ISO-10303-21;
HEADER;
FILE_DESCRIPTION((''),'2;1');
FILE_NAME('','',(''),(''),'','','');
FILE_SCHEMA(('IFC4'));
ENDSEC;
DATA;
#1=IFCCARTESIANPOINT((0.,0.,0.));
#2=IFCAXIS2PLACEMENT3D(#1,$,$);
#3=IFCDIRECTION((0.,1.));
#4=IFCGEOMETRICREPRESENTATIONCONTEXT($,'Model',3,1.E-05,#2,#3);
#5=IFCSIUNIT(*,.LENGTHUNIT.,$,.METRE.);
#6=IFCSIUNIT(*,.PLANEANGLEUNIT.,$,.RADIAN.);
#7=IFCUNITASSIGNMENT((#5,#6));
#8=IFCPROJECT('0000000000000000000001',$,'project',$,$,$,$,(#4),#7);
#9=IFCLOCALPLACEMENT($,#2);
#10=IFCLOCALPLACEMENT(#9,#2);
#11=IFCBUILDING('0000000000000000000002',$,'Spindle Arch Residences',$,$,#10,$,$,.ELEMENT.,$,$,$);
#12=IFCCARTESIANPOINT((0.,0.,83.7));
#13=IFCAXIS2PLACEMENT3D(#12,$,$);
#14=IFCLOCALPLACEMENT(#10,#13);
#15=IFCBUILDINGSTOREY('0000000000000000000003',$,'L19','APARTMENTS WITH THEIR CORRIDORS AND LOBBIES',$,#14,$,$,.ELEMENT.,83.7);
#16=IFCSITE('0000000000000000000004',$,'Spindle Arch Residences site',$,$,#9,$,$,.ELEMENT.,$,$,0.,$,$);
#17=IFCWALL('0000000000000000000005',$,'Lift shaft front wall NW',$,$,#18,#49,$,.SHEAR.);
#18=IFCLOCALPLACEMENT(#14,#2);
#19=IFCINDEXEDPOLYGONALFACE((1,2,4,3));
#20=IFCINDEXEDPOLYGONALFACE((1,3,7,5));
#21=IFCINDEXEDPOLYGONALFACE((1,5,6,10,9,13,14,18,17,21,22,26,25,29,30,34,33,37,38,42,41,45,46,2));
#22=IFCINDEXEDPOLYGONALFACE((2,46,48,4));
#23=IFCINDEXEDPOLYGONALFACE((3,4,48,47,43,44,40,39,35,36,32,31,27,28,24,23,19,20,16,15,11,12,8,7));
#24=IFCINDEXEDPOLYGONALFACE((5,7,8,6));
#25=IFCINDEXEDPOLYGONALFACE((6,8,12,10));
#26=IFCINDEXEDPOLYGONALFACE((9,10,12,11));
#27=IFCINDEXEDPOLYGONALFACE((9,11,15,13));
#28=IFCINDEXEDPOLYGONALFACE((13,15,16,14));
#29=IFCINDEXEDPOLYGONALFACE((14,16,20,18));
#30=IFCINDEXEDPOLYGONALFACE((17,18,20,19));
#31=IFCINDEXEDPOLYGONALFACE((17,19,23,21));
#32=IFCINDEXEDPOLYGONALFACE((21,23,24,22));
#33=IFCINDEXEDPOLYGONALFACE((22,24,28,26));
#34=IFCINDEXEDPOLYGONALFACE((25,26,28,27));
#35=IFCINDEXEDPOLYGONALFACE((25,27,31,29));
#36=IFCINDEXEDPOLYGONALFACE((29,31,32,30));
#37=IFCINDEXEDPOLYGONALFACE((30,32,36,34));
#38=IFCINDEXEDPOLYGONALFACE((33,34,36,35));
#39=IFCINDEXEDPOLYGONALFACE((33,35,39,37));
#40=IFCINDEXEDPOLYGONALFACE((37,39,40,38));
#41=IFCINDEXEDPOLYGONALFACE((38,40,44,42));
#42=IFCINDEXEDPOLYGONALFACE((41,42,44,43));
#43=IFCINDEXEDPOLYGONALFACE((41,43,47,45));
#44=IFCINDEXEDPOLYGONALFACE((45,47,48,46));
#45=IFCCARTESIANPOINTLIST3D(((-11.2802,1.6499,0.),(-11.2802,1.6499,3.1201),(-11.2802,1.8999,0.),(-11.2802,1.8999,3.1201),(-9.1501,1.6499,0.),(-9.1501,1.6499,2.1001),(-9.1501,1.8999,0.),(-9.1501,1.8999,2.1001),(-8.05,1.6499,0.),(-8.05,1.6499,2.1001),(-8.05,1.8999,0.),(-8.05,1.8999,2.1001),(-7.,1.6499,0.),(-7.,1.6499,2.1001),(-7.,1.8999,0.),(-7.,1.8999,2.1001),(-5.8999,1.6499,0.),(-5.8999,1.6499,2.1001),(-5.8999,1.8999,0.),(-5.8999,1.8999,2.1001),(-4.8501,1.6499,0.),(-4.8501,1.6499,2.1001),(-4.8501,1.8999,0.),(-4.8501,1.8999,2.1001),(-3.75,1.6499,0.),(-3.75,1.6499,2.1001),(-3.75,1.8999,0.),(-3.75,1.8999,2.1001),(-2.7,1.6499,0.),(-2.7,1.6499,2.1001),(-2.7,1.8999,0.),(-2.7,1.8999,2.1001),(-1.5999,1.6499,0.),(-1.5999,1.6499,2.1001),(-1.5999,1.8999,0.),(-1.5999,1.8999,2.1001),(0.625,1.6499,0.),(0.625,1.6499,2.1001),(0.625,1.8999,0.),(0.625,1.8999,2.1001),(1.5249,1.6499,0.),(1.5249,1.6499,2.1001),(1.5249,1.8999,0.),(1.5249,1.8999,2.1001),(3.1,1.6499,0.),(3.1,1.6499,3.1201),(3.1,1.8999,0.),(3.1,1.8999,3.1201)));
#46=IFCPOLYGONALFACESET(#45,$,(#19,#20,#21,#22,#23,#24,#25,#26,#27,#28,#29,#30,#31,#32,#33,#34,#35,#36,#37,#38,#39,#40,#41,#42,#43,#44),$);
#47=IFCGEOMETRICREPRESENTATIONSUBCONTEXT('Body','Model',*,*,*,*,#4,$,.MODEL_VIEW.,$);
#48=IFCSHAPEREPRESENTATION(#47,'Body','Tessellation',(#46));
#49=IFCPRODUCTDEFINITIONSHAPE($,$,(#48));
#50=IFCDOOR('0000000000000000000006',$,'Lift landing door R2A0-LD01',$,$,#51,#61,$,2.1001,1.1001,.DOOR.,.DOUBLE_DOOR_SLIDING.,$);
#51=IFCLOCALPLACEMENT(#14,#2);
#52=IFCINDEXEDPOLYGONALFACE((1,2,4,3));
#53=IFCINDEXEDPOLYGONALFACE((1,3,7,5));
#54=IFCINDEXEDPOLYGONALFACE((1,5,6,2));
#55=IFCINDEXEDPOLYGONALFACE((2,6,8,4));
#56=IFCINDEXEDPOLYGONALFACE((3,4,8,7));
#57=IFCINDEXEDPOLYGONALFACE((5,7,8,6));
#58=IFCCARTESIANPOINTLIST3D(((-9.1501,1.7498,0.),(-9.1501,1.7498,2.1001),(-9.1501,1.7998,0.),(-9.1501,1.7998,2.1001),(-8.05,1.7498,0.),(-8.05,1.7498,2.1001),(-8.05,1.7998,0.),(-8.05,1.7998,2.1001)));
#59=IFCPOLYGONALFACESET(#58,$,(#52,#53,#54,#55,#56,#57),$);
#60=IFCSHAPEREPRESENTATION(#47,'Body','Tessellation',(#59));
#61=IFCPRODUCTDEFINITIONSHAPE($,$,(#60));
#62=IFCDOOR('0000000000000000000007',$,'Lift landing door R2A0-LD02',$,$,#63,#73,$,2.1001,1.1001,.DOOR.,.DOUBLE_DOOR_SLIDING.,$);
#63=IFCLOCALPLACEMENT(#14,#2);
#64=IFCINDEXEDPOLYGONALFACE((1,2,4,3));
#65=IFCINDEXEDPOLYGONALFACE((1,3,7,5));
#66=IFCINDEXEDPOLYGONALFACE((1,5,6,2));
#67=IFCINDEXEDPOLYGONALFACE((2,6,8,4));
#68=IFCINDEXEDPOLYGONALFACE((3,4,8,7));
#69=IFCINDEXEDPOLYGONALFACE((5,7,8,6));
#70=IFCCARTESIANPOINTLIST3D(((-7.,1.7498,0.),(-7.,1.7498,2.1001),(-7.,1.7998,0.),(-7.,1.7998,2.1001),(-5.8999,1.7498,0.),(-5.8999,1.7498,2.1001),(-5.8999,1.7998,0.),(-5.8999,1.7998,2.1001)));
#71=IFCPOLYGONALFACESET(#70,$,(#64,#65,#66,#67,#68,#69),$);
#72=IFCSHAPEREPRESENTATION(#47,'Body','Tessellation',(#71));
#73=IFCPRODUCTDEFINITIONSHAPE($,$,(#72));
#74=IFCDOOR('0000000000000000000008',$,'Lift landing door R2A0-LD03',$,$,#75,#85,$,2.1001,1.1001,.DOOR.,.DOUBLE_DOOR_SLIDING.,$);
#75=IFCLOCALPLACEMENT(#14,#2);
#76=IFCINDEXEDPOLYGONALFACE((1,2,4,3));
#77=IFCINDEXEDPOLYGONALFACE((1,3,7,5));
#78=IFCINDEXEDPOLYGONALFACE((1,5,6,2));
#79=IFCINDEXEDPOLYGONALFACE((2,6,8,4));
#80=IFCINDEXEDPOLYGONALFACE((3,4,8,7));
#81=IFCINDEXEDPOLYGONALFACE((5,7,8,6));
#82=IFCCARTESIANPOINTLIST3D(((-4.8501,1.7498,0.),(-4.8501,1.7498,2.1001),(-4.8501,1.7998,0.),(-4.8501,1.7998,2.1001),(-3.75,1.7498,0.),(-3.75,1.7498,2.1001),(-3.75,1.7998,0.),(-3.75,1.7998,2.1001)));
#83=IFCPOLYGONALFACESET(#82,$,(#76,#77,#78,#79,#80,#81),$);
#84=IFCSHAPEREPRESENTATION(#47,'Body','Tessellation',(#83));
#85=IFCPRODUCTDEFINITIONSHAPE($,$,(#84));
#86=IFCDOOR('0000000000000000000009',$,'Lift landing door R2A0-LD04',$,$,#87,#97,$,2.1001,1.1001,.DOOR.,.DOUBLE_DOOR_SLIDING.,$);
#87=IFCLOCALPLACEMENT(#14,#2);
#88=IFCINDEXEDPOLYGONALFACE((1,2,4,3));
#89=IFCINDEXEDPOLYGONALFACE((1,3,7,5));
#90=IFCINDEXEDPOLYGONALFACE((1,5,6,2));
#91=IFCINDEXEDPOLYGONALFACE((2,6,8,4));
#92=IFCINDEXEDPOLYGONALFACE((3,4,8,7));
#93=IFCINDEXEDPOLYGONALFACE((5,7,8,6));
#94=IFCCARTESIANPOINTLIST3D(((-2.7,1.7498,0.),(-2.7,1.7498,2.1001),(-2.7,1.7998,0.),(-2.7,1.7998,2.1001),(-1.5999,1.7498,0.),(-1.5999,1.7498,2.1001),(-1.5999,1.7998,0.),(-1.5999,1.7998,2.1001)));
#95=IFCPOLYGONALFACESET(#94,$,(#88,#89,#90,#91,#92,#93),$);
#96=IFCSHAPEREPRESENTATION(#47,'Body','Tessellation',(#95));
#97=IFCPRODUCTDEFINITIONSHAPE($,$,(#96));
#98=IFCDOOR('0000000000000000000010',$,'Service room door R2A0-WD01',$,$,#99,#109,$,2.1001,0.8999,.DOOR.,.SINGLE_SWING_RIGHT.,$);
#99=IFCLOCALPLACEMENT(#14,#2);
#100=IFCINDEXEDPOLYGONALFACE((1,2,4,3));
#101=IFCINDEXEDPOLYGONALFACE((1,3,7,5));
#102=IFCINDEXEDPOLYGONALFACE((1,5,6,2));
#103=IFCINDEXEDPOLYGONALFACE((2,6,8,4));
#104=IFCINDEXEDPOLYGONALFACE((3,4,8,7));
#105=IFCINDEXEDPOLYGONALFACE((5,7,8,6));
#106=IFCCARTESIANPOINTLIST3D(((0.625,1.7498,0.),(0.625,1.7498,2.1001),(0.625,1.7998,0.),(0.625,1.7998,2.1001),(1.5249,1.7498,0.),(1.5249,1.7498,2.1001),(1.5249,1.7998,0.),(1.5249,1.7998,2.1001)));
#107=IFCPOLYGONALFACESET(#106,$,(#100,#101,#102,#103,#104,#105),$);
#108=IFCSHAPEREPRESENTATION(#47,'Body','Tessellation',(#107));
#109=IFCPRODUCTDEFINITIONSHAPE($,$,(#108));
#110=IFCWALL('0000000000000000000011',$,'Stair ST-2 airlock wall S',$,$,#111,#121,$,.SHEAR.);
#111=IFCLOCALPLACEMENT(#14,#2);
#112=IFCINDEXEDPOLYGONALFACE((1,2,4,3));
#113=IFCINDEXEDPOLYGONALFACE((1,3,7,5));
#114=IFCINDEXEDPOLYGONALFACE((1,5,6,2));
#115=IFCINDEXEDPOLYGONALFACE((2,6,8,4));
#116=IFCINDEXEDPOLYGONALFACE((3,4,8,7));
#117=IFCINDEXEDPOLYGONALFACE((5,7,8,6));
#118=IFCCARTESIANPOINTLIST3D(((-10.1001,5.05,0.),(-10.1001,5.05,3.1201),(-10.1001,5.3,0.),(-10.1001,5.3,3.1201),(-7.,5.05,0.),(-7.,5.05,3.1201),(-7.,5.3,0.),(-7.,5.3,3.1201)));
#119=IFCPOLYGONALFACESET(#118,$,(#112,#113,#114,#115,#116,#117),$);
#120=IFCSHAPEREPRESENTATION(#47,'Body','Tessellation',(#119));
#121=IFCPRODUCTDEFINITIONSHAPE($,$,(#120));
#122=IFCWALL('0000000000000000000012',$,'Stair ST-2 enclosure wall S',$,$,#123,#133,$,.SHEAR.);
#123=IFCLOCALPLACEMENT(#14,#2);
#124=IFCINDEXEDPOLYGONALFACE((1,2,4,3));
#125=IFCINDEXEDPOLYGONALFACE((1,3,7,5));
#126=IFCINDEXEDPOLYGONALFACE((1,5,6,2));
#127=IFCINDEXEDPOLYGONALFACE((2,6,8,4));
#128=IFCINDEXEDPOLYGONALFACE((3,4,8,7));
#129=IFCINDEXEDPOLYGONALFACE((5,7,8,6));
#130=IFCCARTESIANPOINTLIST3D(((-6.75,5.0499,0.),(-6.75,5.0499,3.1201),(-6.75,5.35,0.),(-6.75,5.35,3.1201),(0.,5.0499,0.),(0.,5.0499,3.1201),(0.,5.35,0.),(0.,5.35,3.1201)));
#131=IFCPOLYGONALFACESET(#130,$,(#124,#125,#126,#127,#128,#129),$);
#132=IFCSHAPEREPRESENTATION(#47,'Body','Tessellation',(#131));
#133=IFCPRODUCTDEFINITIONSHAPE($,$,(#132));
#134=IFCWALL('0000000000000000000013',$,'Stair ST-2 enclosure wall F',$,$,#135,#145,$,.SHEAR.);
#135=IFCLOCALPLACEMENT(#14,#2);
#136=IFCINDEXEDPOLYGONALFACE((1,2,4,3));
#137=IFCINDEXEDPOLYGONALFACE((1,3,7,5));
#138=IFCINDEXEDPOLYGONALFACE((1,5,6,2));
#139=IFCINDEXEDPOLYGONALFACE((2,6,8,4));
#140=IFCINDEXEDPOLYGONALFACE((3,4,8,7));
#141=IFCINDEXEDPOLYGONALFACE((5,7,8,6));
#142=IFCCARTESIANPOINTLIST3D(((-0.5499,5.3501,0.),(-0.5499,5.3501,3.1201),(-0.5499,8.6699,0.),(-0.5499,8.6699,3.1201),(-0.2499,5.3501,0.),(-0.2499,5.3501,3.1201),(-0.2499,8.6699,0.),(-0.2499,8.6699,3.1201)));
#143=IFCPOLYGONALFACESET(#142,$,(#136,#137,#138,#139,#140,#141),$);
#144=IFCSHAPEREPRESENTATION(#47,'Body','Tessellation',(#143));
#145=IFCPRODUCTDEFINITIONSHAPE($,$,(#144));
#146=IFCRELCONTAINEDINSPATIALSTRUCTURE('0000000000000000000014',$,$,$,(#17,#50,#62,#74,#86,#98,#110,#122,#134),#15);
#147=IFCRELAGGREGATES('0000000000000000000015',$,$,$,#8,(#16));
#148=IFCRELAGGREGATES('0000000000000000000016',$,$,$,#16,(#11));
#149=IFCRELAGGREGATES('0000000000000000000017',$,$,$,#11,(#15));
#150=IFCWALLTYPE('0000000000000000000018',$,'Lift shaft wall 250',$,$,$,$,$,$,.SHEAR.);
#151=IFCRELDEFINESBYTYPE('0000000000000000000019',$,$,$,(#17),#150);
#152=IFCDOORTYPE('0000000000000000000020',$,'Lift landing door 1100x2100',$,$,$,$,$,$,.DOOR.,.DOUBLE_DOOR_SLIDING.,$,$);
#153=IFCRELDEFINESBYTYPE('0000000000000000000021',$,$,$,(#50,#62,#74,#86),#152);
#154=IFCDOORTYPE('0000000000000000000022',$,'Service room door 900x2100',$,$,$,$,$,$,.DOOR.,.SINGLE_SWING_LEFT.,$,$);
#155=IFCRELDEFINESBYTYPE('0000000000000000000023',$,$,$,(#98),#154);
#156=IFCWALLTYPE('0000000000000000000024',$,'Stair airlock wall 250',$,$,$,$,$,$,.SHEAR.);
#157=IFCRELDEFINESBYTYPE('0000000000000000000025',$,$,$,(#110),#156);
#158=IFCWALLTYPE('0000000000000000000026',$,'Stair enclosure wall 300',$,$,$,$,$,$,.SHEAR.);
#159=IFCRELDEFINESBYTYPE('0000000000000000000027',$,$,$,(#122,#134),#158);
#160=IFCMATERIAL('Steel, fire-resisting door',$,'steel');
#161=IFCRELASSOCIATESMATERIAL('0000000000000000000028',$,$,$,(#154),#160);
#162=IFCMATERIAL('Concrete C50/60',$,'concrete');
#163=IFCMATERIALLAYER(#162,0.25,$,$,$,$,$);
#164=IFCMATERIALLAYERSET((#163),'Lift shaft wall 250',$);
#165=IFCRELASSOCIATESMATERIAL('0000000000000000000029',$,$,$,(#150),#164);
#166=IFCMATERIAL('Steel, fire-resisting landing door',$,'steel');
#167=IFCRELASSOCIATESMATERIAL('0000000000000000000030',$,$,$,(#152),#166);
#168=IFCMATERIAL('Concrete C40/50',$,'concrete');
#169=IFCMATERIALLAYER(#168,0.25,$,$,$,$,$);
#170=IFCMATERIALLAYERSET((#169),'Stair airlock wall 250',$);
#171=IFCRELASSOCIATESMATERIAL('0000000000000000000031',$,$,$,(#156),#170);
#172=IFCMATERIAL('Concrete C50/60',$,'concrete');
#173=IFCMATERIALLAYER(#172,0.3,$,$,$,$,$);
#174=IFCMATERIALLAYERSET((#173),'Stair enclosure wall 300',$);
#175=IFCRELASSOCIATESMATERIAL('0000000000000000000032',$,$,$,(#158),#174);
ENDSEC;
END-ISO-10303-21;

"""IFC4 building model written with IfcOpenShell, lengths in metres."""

from ifc_helpers import new_model, si_unit, direction, frame, frame_2d, origin, place, context, subcontext, project, spatial, rectangle, extrude, material, layer, layer_set, type_object, element, fill, save


model = new_model("IFC4")

# Units and contexts
model_context = context("Model", 3, precision=1e-05, world=origin(), true_north=direction((0.0, 1.0)))
body_context = subcontext(model_context, "Body", "Model", "MODEL_VIEW")
ifc_project = project(units=[si_unit("LENGTHUNIT", "METRE"), si_unit("PLANEANGLEUNIT", "RADIAN")], contexts=[model_context])

# Site, building, storey
site_placement = place(None, origin())
site = spatial("IfcSite", under=ifc_project, at=site_placement, Name="Spindle Arch Residences site", CompositionType="ELEMENT", RefElevation=0.0)
building_placement = place(site_placement, origin())
building = spatial("IfcBuilding", under=site, at=building_placement, Name="Spindle Arch Residences", CompositionType="ELEMENT")
storey_placement = place(building_placement, frame((0.0, 0.0, 83.7)))
storey = spatial("IfcBuildingStorey", under=building, at=storey_placement, Name="L19", Description="APARTMENTS WITH THEIR CORRIDORS AND LOBBIES", CompositionType="ELEMENT", Elevation=83.7)

# Shared definitions
ifc_material_1 = material(Name="Steel, fire-resisting door", Category="steel")
door_type_1 = type_object("IfcDoorType", Name="Service room door 900x2100", OperationType="SINGLE_SWING_LEFT", PredefinedType="DOOR", material=ifc_material_1)

# Wall, openings, doors
ifc_material_2 = material(Name="Concrete C50/60", Category="concrete")
ifc_layer_1 = layer(ifc_material_2, 0.25)
ifc_layer_set_1 = layer_set([ifc_layer_1], Name="Lift shaft wall 250")
wall_type_1 = type_object("IfcWallType", Name="Lift shaft wall 250", PredefinedType="SHEAR", material=ifc_layer_set_1)
wall_1_placement = place(storey_placement, frame((-11.28, 1.7749, 0.0), z_axis=(0.0, 0.0, 1.0), x_axis=(1.0, 0.0, 0.0)))
wall_1 = element("IfcWall", 1, at=wall_1_placement, inside=storey, type_object=wall_type_1, Name="Lift shaft front wall NW", PredefinedType="SHEAR", context=body_context, shape_type="SweptSolid", body=[
    extrude(rectangle(XDim=14.3801, YDim=0.25, at=frame_2d((7.1899, 0.0))), origin(), (0.0, 0.0, 1.0), 3.1201),
])
opening_1_placement = place(wall_1_placement, frame((2.1299, 0.0, 0.0)))
opening_1 = element("IfcOpeningElement", 2, at=opening_1_placement, cuts=wall_1, PredefinedType="OPENING", context=body_context, shape_type="SweptSolid", body=[
    extrude(rectangle(XDim=1.1001, YDim=2.1001, at=frame_2d((0.55, 1.05))), frame((0.0, 0.135, 0.0), z_axis=(0.0, -1.0, 0.0), x_axis=(1.0, 0.0, 0.0)), (0.0, 0.0, 1.0), 0.27),
])
opening_2_placement = place(wall_1_placement, frame((4.28, 0.0, 0.0)))
opening_2 = element("IfcOpeningElement", 3, at=opening_2_placement, cuts=wall_1, PredefinedType="OPENING", context=body_context, shape_type="SweptSolid", body=[
    extrude(rectangle(XDim=1.1001, YDim=2.1001, at=frame_2d((0.55, 1.05))), frame((0.0, 0.135, 0.0), z_axis=(0.0, -1.0, 0.0), x_axis=(1.0, 0.0, 0.0)), (0.0, 0.0, 1.0), 0.27),
])
opening_3_placement = place(wall_1_placement, frame((6.4299, 0.0, 0.0)))
opening_3 = element("IfcOpeningElement", 4, at=opening_3_placement, cuts=wall_1, PredefinedType="OPENING", context=body_context, shape_type="SweptSolid", body=[
    extrude(rectangle(XDim=1.1001, YDim=2.1001, at=frame_2d((0.55, 1.05))), frame((0.0, 0.135, 0.0), z_axis=(0.0, -1.0, 0.0), x_axis=(1.0, 0.0, 0.0)), (0.0, 0.0, 1.0), 0.27),
])
opening_4_placement = place(wall_1_placement, frame((8.5801, 0.0, 0.0)))
opening_4 = element("IfcOpeningElement", 5, at=opening_4_placement, cuts=wall_1, PredefinedType="OPENING", context=body_context, shape_type="SweptSolid", body=[
    extrude(rectangle(XDim=1.1001, YDim=2.1001, at=frame_2d((0.55, 1.05))), frame((0.0, 0.135, 0.0), z_axis=(0.0, -1.0, 0.0), x_axis=(1.0, 0.0, 0.0)), (0.0, 0.0, 1.0), 0.27),
])
opening_5_placement = place(wall_1_placement, frame((11.905, 0.0, 0.0)))
opening_5 = element("IfcOpeningElement", 6, at=opening_5_placement, cuts=wall_1, PredefinedType="OPENING", context=body_context, shape_type="SweptSolid", body=[
    extrude(rectangle(XDim=0.8999, YDim=2.1001, at=frame_2d((0.45, 1.05))), frame((0.0, 0.135, 0.0), z_axis=(0.0, -1.0, 0.0), x_axis=(1.0, 0.0, 0.0)), (0.0, 0.0, 1.0), 0.27),
])
ifc_material_3 = material(Name="Steel, fire-resisting landing door", Category="steel")
door_type_2 = type_object("IfcDoorType", Name="Lift landing door 1100x2100", OperationType="DOUBLE_DOOR_SLIDING", PredefinedType="DOOR", material=ifc_material_3)
door_1_placement = place(opening_1_placement, origin())
door_1 = element("IfcDoor", 7, at=door_1_placement, inside=storey, type_object=door_type_2, Name="Lift landing door R2A0-LD01", OperationType="DOUBLE_DOOR_SLIDING", OverallHeight=2.1001, OverallWidth=1.1001, PredefinedType="DOOR", context=body_context, shape_type="SweptSolid", body=[
    extrude(rectangle(XDim=1.1001, YDim=2.1001, at=frame_2d((0.55, 1.05))), frame((0.0, 0.0249, 0.0), z_axis=(0.0, -1.0, 0.0), x_axis=(1.0, 0.0, 0.0)), (0.0, 0.0, 1.0), 0.05),
])
fill(opening_1, door_1)
door_2_placement = place(opening_2_placement, origin())
door_2 = element("IfcDoor", 8, at=door_2_placement, inside=storey, type_object=door_type_2, Name="Lift landing door R2A0-LD02", OperationType="DOUBLE_DOOR_SLIDING", OverallHeight=2.1001, OverallWidth=1.1001, PredefinedType="DOOR", context=body_context, shape_type="SweptSolid", body=[
    extrude(rectangle(XDim=1.1001, YDim=2.1001, at=frame_2d((0.55, 1.05))), frame((0.0, 0.0249, 0.0), z_axis=(0.0, -1.0, 0.0), x_axis=(1.0, 0.0, 0.0)), (0.0, 0.0, 1.0), 0.05),
])
fill(opening_2, door_2)
door_3_placement = place(opening_3_placement, origin())
door_3 = element("IfcDoor", 9, at=door_3_placement, inside=storey, type_object=door_type_2, Name="Lift landing door R2A0-LD03", OperationType="DOUBLE_DOOR_SLIDING", OverallHeight=2.1001, OverallWidth=1.1001, PredefinedType="DOOR", context=body_context, shape_type="SweptSolid", body=[
    extrude(rectangle(XDim=1.1001, YDim=2.1001, at=frame_2d((0.55, 1.05))), frame((0.0, 0.0249, 0.0), z_axis=(0.0, -1.0, 0.0), x_axis=(1.0, 0.0, 0.0)), (0.0, 0.0, 1.0), 0.05),
])
fill(opening_3, door_3)
door_4_placement = place(opening_4_placement, origin())
door_4 = element("IfcDoor", 10, at=door_4_placement, inside=storey, type_object=door_type_2, Name="Lift landing door R2A0-LD04", OperationType="DOUBLE_DOOR_SLIDING", OverallHeight=2.1001, OverallWidth=1.1001, PredefinedType="DOOR", context=body_context, shape_type="SweptSolid", body=[
    extrude(rectangle(XDim=1.1001, YDim=2.1001, at=frame_2d((0.55, 1.05))), frame((0.0, 0.0249, 0.0), z_axis=(0.0, -1.0, 0.0), x_axis=(1.0, 0.0, 0.0)), (0.0, 0.0, 1.0), 0.05),
])
fill(opening_4, door_4)
door_5_placement = place(opening_5_placement, origin())
door_5 = element("IfcDoor", 11, at=door_5_placement, inside=storey, type_object=door_type_1, Name="Service room door R2A0-WD01", OperationType="SINGLE_SWING_RIGHT", OverallHeight=2.1001, OverallWidth=0.8999, PredefinedType="DOOR", context=body_context, shape_type="SweptSolid", body=[
    extrude(rectangle(XDim=0.8999, YDim=2.1001, at=frame_2d((0.45, 1.05))), frame((0.0, 0.0249, 0.0), z_axis=(0.0, -1.0, 0.0), x_axis=(1.0, 0.0, 0.0)), (0.0, 0.0, 1.0), 0.05),
])
fill(opening_5, door_5)

# Walls
ifc_material_4 = material(Name="Concrete C40/50", Category="concrete")
ifc_layer_2 = layer(ifc_material_4, 0.25)
ifc_layer_set_2 = layer_set([ifc_layer_2], Name="Stair airlock wall 250")
wall_type_2 = type_object("IfcWallType", Name="Stair airlock wall 250", PredefinedType="SHEAR", material=ifc_layer_set_2)
wall_2_placement = place(storey_placement, frame((-7.0, 5.175, 0.0), z_axis=(0.0, 0.0, 1.0), x_axis=(-1.0, 0.0, 0.0)))
element("IfcWall", 12, at=wall_2_placement, inside=storey, type_object=wall_type_2, Name="Stair ST-2 airlock wall S", PredefinedType="SHEAR", context=body_context, shape_type="SweptSolid", body=[
    extrude(rectangle(XDim=3.1001, YDim=0.25, at=frame_2d((1.55, 0.0))), origin(), (0.0, 0.0, 1.0), 3.1201),
])
ifc_material_5 = material(Name="Concrete C50/60", Category="concrete")
ifc_layer_3 = layer(ifc_material_5, 0.3)
ifc_layer_set_3 = layer_set([ifc_layer_3], Name="Stair enclosure wall 300")
wall_type_3 = type_object("IfcWallType", Name="Stair enclosure wall 300", PredefinedType="SHEAR", material=ifc_layer_set_3)
wall_3_placement = place(storey_placement, frame((-6.75, 5.2, 0.0), z_axis=(0.0, 0.0, 1.0), x_axis=(1.0, 0.0, 0.0)))
element("IfcWall", 13, at=wall_3_placement, inside=storey, type_object=wall_type_3, Name="Stair ST-2 enclosure wall S", PredefinedType="SHEAR", context=body_context, shape_type="SweptSolid", body=[
    extrude(rectangle(XDim=6.75, YDim=0.3, at=frame_2d((3.375, 0.0))), origin(), (0.0, 0.0, 1.0), 3.1201),
])
wall_4_placement = place(storey_placement, frame((-0.3999, 5.3501, 0.0), z_axis=(0.0, 0.0, 1.0), x_axis=(0.0, 1.0, 0.0)))
element("IfcWall", 14, at=wall_4_placement, inside=storey, type_object=wall_type_3, Name="Stair ST-2 enclosure wall F", PredefinedType="SHEAR", context=body_context, shape_type="SweptSolid", body=[
    extrude(rectangle(XDim=3.3198, YDim=0.3, at=frame_2d((1.6599, 0.0))), origin(), (0.0, 0.0, 1.0), 3.1201),
])

save(model, "model.ifc")
